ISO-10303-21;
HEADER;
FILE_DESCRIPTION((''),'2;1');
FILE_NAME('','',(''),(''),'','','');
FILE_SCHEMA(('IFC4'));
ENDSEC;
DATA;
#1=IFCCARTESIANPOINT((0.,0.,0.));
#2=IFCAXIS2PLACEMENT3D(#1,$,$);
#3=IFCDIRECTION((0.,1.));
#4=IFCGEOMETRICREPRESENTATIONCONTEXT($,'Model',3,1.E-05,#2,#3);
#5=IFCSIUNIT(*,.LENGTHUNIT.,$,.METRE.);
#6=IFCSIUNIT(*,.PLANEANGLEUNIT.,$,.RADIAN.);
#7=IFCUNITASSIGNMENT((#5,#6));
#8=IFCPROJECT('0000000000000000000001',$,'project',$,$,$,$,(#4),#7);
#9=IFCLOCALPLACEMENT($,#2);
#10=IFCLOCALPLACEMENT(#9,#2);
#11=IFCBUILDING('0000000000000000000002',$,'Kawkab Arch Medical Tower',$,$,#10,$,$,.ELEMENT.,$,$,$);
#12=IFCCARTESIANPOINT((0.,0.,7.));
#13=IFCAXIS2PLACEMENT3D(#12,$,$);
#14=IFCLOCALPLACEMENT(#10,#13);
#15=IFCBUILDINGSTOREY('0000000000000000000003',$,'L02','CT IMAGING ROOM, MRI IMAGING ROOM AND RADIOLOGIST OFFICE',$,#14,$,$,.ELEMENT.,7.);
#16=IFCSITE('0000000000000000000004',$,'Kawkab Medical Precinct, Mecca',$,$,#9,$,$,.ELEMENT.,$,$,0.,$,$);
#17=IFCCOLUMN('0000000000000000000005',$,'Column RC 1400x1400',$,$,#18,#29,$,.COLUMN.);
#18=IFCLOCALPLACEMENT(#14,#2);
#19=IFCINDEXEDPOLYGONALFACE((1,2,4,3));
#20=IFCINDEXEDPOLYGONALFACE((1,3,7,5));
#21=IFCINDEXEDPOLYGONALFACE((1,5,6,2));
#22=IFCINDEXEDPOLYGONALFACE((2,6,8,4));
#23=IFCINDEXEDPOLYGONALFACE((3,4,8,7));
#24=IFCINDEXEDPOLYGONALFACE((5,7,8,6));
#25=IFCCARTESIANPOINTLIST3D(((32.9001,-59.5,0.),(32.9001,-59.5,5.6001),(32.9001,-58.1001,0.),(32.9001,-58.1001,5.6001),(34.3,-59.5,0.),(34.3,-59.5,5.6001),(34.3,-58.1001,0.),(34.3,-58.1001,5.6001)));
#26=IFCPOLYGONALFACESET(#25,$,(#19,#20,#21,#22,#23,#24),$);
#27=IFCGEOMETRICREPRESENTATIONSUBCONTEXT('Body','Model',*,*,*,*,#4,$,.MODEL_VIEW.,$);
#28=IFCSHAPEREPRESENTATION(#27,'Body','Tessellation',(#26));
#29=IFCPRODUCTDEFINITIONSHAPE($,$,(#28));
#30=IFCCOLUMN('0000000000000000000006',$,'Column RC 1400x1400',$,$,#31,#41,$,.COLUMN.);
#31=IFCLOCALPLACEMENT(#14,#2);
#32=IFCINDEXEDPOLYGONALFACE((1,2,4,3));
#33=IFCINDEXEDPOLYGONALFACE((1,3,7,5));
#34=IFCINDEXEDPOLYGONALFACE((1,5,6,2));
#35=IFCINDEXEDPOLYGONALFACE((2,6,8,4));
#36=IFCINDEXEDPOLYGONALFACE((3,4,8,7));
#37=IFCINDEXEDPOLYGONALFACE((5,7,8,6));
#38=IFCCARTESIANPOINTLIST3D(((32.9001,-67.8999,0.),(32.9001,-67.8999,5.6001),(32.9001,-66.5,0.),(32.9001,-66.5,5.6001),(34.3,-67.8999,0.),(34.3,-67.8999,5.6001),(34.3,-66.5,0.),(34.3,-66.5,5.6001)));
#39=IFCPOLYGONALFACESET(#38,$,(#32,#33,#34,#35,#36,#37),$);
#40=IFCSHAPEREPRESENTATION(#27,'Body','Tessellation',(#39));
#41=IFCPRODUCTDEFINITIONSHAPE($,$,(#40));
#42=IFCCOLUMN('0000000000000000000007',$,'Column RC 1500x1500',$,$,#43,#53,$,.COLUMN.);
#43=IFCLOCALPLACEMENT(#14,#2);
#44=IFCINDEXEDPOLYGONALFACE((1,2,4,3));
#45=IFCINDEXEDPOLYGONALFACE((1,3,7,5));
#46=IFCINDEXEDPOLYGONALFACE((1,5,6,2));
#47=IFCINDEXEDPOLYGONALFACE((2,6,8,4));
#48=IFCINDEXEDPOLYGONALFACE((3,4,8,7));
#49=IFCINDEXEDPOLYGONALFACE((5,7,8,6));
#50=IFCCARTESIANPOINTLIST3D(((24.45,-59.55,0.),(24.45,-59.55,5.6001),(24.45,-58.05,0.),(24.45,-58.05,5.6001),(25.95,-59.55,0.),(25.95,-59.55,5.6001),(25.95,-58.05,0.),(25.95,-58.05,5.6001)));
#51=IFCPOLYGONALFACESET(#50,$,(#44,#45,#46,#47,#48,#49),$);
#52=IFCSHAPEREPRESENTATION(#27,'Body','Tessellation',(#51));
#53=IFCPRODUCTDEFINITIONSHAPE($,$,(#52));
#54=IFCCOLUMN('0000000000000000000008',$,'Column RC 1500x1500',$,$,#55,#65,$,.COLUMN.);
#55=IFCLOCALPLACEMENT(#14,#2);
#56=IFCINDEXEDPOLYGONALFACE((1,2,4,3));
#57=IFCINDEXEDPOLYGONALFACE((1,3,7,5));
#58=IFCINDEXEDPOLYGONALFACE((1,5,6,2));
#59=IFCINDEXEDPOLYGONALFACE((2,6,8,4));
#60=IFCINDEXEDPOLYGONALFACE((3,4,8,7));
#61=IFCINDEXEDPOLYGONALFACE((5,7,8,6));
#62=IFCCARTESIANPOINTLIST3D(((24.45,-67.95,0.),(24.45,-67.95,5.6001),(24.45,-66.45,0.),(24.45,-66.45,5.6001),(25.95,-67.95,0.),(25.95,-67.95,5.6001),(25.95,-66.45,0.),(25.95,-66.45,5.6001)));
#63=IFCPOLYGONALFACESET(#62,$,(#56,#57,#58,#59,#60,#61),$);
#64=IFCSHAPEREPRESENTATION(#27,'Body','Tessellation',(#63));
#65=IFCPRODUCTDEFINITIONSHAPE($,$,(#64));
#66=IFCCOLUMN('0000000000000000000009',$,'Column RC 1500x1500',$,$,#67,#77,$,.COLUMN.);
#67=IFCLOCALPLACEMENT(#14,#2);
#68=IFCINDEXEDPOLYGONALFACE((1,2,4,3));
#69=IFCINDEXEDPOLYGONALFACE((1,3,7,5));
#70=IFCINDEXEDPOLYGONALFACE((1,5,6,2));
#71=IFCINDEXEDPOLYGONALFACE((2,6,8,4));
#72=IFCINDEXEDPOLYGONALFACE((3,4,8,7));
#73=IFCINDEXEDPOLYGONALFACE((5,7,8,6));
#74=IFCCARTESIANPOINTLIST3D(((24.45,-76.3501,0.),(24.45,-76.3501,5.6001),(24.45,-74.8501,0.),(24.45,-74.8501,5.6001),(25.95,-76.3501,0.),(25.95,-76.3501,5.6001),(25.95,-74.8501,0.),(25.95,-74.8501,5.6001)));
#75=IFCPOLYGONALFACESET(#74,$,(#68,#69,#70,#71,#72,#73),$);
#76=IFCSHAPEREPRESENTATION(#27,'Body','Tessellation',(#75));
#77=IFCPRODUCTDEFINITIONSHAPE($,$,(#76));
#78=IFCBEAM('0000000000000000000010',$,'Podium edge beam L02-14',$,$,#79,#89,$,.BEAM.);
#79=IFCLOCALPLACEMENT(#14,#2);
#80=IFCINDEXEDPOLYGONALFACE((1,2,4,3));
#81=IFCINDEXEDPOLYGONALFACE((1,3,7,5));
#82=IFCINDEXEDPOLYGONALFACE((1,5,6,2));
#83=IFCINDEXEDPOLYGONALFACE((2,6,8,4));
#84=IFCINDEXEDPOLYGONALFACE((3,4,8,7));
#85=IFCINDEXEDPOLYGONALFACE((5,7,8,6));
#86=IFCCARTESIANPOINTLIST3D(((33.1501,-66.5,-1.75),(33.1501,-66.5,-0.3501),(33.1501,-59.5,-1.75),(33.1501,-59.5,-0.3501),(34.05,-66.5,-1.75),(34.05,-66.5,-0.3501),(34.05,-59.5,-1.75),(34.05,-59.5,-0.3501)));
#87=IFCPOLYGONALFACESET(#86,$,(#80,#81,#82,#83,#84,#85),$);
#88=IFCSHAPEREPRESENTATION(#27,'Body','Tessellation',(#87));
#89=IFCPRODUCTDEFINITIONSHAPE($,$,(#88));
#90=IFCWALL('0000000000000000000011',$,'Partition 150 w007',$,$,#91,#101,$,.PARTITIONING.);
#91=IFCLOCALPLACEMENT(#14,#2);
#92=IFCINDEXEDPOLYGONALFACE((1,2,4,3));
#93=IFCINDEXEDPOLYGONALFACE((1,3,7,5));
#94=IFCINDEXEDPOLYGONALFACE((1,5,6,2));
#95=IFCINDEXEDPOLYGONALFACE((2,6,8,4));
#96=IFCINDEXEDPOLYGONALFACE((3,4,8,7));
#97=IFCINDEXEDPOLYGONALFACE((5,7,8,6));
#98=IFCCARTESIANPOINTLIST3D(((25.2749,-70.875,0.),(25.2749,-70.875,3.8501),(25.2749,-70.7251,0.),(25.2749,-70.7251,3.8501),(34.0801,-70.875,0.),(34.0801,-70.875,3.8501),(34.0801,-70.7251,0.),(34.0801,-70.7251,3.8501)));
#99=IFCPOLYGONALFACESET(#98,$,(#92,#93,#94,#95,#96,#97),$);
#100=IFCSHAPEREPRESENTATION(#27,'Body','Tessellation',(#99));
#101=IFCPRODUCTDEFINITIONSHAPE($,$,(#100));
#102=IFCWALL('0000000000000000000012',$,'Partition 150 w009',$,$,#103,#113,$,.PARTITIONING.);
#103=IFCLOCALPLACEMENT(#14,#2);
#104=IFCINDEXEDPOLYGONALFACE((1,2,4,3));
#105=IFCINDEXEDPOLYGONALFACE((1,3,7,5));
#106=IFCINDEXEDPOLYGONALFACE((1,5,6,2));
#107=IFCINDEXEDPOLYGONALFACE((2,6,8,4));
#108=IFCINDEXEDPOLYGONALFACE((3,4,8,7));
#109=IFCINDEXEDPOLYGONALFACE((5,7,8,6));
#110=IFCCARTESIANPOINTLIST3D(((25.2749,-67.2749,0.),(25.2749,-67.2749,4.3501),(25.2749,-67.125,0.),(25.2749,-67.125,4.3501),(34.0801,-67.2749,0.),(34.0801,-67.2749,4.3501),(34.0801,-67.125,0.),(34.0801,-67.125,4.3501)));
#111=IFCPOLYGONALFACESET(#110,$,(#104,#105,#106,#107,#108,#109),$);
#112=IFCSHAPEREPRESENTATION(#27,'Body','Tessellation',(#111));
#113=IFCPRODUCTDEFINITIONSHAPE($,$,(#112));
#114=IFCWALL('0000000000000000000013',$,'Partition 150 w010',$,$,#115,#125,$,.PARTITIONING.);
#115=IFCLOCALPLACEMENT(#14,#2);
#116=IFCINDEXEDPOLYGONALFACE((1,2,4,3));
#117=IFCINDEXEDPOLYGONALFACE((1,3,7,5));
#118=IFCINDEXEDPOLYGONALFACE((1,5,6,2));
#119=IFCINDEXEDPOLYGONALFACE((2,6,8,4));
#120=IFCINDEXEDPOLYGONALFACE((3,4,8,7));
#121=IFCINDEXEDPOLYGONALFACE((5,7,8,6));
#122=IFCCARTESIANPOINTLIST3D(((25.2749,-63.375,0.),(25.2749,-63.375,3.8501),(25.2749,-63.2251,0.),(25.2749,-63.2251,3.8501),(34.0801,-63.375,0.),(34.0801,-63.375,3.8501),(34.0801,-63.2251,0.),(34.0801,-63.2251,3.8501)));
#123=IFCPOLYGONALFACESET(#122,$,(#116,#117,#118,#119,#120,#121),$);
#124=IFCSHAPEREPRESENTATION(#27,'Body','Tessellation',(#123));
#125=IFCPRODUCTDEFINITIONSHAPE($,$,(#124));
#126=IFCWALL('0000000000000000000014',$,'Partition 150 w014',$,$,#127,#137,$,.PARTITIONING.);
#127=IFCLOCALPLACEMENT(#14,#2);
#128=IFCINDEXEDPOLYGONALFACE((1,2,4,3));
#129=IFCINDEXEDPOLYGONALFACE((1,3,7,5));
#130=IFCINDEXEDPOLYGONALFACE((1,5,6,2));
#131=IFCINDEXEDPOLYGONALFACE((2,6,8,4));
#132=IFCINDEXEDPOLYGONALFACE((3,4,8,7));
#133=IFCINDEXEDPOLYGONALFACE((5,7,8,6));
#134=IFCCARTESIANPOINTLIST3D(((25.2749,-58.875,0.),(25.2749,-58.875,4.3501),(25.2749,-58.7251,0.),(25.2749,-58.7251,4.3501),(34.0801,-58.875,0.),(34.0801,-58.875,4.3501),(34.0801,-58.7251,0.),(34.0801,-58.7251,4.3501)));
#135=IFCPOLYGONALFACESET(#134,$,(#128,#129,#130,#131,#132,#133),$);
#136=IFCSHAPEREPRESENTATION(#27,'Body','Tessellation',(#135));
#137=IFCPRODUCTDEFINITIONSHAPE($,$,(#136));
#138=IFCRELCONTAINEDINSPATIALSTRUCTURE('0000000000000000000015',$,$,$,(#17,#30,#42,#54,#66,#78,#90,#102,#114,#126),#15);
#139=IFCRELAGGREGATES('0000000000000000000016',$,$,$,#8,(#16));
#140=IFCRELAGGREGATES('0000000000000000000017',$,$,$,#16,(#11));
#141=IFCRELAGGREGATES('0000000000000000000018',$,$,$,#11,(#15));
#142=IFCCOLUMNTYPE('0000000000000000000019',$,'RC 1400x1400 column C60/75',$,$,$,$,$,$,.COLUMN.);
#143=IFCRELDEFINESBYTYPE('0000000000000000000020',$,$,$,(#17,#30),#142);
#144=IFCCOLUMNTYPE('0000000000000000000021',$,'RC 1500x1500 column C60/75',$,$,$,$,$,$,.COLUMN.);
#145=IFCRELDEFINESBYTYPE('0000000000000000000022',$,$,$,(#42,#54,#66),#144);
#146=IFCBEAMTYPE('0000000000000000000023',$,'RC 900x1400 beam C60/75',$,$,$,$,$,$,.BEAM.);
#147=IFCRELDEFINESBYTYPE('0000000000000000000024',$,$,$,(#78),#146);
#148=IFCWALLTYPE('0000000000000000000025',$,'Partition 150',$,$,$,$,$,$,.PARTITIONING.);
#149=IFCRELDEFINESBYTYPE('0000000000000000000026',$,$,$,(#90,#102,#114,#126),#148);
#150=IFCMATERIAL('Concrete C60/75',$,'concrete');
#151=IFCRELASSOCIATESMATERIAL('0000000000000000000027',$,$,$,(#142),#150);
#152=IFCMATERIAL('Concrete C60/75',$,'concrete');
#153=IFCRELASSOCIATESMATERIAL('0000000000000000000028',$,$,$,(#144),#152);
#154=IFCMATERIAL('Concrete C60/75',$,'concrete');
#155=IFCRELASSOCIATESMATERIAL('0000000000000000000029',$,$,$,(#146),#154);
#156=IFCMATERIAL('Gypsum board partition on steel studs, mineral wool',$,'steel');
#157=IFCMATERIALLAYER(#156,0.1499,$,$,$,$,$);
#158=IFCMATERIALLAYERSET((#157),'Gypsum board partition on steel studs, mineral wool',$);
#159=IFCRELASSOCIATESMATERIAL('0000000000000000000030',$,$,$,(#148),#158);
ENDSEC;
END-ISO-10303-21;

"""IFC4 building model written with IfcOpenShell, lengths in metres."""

from ifc_helpers import new_model, si_unit, direction, frame, frame_2d, origin, origin_2d, place, context, subcontext, project, spatial, rectangle, extrude, material, layer, layer_set, material_profile, profile_set, type_object, element, save


model = new_model("IFC4")

# Units and contexts
model_context = context("Model", 3, precision=1e-05, world=origin(), true_north=direction((0.0, 1.0)))
body_context = subcontext(model_context, "Body", "Model", "MODEL_VIEW")
ifc_project = project(units=[si_unit("LENGTHUNIT", "METRE"), si_unit("PLANEANGLEUNIT", "RADIAN")], contexts=[model_context])

# Site, building, storey
site_placement = place(None, origin())
site = spatial("IfcSite", under=ifc_project, at=site_placement, Name="Kawkab Medical Precinct, Mecca", CompositionType="ELEMENT", RefElevation=0.0)
building_placement = place(site_placement, origin())
building = spatial("IfcBuilding", under=site, at=building_placement, Name="Kawkab Arch Medical Tower", CompositionType="ELEMENT")
storey_placement = place(building_placement, frame((0.0, 0.0, 7.0)))
storey = spatial("IfcBuildingStorey", under=building, at=storey_placement, Name="L02", Description="CT IMAGING ROOM, MRI IMAGING ROOM AND RADIOLOGIST OFFICE", CompositionType="ELEMENT", Elevation=7.0)

# Columns
ifc_material_1 = material(Name="Concrete C60/75", Category="concrete")
ifc_material_profile_1 = material_profile(ifc_material_1, rectangle(XDim=1.3999, YDim=1.3999, at=origin_2d()), Name="RC 1400x1400")
ifc_profile_set_1 = profile_set([ifc_material_profile_1], Name="Concrete C60/75")
column_type_1 = type_object("IfcColumnType", Name="RC 1400x1400 column C60/75", PredefinedType="COLUMN", material=ifc_profile_set_1)
for number, where, z_axis, x_axis, name in (
    (1, (33.6001, -58.8, 0.0), (0.0, 0.0, 1.0), (1.0, 0.0, 0.0), "Column RC 1400x1400"),
    (2, (33.6001, -67.2, 0.0), (0.0, 0.0, 1.0), (1.0, 0.0, 0.0), "Column RC 1400x1400"),
):
    element("IfcColumn", number, at=place(storey_placement, frame(where, z_axis=z_axis, x_axis=x_axis)), inside=storey, type_object=column_type_1, Name=name, PredefinedType="COLUMN", context=body_context, shape_type="SweptSolid", body=[
        extrude(rectangle(XDim=1.3999, YDim=1.3999, at=origin_2d()), origin(), (0.0, 0.0, 1.0), 5.6001),
    ])
ifc_material_2 = material(Name="Concrete C60/75", Category="concrete")
ifc_material_profile_2 = material_profile(ifc_material_2, rectangle(XDim=1.5, YDim=1.5, at=origin_2d()), Name="RC 1500x1500")
ifc_profile_set_2 = profile_set([ifc_material_profile_2], Name="Concrete C60/75")
column_type_2 = type_object("IfcColumnType", Name="RC 1500x1500 column C60/75", PredefinedType="COLUMN", material=ifc_profile_set_2)
for number, where, z_axis, x_axis, name in (
    (3, (25.2, -58.8, 0.0), (0.0, 0.0, 1.0), (1.0, 0.0, 0.0), "Column RC 1500x1500"),
    (4, (25.2, -67.2, 0.0), (0.0, 0.0, 1.0), (1.0, 0.0, 0.0), "Column RC 1500x1500"),
    (5, (25.2, -75.6001, 0.0), (0.0, 0.0, 1.0), (1.0, 0.0, 0.0), "Column RC 1500x1500"),
):
    element("IfcColumn", number, at=place(storey_placement, frame(where, z_axis=z_axis, x_axis=x_axis)), inside=storey, type_object=column_type_2, Name=name, PredefinedType="COLUMN", context=body_context, shape_type="SweptSolid", body=[
        extrude(rectangle(XDim=1.5, YDim=1.5, at=origin_2d()), origin(), (0.0, 0.0, 1.0), 5.6001),
    ])

# Beam
ifc_material_3 = material(Name="Concrete C60/75", Category="concrete")
ifc_material_profile_3 = material_profile(ifc_material_3, rectangle(XDim=0.8999, YDim=1.3999, at=origin_2d()), Name="RC 900x1400")
ifc_profile_set_3 = profile_set([ifc_material_profile_3], Name="Concrete C60/75")
beam_type = type_object("IfcBeamType", Name="RC 900x1400 beam C60/75", PredefinedType="BEAM", material=ifc_profile_set_3)
beam_placement = place(storey_placement, frame((33.6001, -66.5, -1.05), z_axis=(0.0, 1.0, 0.0), x_axis=(-1.0, 0.0, 0.0)))
element("IfcBeam", 6, at=beam_placement, inside=storey, type_object=beam_type, Name="Podium edge beam L02-14", PredefinedType="BEAM", context=body_context, shape_type="SweptSolid", body=[
    extrude(rectangle(XDim=0.8999, YDim=1.3999, at=origin_2d()), origin(), (0.0, 0.0, 1.0), 7.0),
])

# Walls
ifc_material_4 = material(Name="Gypsum board partition on steel studs, mineral wool", Category="steel")
ifc_layer = layer(ifc_material_4, 0.1499)
ifc_layer_set = layer_set([ifc_layer], Name="Gypsum board partition on steel studs, mineral wool")
wall_type = type_object("IfcWallType", Name="Partition 150", PredefinedType="PARTITIONING", material=ifc_layer_set)
wall_1_placement = place(storey_placement, frame((25.2749, -70.8, 0.0), z_axis=(0.0, 0.0, 1.0), x_axis=(1.0, 0.0, 0.0)))
element("IfcWall", 7, at=wall_1_placement, inside=storey, type_object=wall_type, Name="Partition 150 w007", PredefinedType="PARTITIONING", context=body_context, shape_type="SweptSolid", body=[
    extrude(rectangle(XDim=8.8052, YDim=0.1499, at=frame_2d((4.4026, 0.0))), origin(), (0.0, 0.0, 1.0), 3.8501),
])
wall_2_placement = place(storey_placement, frame((25.2749, -67.2, 0.0), z_axis=(0.0, 0.0, 1.0), x_axis=(1.0, 0.0, 0.0)))
element("IfcWall", 8, at=wall_2_placement, inside=storey, type_object=wall_type, Name="Partition 150 w009", PredefinedType="PARTITIONING", context=body_context, shape_type="SweptSolid", body=[
    extrude(rectangle(XDim=8.8052, YDim=0.1499, at=frame_2d((4.4026, 0.0))), origin(), (0.0, 0.0, 1.0), 4.3501),
])
wall_3_placement = place(storey_placement, frame((25.2749, -63.3, 0.0), z_axis=(0.0, 0.0, 1.0), x_axis=(1.0, 0.0, 0.0)))
element("IfcWall", 9, at=wall_3_placement, inside=storey, type_object=wall_type, Name="Partition 150 w010", PredefinedType="PARTITIONING", context=body_context, shape_type="SweptSolid", body=[
    extrude(rectangle(XDim=8.8052, YDim=0.1499, at=frame_2d((4.4026, 0.0))), origin(), (0.0, 0.0, 1.0), 3.8501),
])
wall_4_placement = place(storey_placement, frame((25.2749, -58.8, 0.0), z_axis=(0.0, 0.0, 1.0), x_axis=(1.0, 0.0, 0.0)))
element("IfcWall", 10, at=wall_4_placement, inside=storey, type_object=wall_type, Name="Partition 150 w014", PredefinedType="PARTITIONING", context=body_context, shape_type="SweptSolid", body=[
    extrude(rectangle(XDim=8.8052, YDim=0.1499, at=frame_2d((4.4026, 0.0))), origin(), (0.0, 0.0, 1.0), 4.3501),
])

save(model, "model.ifc")
